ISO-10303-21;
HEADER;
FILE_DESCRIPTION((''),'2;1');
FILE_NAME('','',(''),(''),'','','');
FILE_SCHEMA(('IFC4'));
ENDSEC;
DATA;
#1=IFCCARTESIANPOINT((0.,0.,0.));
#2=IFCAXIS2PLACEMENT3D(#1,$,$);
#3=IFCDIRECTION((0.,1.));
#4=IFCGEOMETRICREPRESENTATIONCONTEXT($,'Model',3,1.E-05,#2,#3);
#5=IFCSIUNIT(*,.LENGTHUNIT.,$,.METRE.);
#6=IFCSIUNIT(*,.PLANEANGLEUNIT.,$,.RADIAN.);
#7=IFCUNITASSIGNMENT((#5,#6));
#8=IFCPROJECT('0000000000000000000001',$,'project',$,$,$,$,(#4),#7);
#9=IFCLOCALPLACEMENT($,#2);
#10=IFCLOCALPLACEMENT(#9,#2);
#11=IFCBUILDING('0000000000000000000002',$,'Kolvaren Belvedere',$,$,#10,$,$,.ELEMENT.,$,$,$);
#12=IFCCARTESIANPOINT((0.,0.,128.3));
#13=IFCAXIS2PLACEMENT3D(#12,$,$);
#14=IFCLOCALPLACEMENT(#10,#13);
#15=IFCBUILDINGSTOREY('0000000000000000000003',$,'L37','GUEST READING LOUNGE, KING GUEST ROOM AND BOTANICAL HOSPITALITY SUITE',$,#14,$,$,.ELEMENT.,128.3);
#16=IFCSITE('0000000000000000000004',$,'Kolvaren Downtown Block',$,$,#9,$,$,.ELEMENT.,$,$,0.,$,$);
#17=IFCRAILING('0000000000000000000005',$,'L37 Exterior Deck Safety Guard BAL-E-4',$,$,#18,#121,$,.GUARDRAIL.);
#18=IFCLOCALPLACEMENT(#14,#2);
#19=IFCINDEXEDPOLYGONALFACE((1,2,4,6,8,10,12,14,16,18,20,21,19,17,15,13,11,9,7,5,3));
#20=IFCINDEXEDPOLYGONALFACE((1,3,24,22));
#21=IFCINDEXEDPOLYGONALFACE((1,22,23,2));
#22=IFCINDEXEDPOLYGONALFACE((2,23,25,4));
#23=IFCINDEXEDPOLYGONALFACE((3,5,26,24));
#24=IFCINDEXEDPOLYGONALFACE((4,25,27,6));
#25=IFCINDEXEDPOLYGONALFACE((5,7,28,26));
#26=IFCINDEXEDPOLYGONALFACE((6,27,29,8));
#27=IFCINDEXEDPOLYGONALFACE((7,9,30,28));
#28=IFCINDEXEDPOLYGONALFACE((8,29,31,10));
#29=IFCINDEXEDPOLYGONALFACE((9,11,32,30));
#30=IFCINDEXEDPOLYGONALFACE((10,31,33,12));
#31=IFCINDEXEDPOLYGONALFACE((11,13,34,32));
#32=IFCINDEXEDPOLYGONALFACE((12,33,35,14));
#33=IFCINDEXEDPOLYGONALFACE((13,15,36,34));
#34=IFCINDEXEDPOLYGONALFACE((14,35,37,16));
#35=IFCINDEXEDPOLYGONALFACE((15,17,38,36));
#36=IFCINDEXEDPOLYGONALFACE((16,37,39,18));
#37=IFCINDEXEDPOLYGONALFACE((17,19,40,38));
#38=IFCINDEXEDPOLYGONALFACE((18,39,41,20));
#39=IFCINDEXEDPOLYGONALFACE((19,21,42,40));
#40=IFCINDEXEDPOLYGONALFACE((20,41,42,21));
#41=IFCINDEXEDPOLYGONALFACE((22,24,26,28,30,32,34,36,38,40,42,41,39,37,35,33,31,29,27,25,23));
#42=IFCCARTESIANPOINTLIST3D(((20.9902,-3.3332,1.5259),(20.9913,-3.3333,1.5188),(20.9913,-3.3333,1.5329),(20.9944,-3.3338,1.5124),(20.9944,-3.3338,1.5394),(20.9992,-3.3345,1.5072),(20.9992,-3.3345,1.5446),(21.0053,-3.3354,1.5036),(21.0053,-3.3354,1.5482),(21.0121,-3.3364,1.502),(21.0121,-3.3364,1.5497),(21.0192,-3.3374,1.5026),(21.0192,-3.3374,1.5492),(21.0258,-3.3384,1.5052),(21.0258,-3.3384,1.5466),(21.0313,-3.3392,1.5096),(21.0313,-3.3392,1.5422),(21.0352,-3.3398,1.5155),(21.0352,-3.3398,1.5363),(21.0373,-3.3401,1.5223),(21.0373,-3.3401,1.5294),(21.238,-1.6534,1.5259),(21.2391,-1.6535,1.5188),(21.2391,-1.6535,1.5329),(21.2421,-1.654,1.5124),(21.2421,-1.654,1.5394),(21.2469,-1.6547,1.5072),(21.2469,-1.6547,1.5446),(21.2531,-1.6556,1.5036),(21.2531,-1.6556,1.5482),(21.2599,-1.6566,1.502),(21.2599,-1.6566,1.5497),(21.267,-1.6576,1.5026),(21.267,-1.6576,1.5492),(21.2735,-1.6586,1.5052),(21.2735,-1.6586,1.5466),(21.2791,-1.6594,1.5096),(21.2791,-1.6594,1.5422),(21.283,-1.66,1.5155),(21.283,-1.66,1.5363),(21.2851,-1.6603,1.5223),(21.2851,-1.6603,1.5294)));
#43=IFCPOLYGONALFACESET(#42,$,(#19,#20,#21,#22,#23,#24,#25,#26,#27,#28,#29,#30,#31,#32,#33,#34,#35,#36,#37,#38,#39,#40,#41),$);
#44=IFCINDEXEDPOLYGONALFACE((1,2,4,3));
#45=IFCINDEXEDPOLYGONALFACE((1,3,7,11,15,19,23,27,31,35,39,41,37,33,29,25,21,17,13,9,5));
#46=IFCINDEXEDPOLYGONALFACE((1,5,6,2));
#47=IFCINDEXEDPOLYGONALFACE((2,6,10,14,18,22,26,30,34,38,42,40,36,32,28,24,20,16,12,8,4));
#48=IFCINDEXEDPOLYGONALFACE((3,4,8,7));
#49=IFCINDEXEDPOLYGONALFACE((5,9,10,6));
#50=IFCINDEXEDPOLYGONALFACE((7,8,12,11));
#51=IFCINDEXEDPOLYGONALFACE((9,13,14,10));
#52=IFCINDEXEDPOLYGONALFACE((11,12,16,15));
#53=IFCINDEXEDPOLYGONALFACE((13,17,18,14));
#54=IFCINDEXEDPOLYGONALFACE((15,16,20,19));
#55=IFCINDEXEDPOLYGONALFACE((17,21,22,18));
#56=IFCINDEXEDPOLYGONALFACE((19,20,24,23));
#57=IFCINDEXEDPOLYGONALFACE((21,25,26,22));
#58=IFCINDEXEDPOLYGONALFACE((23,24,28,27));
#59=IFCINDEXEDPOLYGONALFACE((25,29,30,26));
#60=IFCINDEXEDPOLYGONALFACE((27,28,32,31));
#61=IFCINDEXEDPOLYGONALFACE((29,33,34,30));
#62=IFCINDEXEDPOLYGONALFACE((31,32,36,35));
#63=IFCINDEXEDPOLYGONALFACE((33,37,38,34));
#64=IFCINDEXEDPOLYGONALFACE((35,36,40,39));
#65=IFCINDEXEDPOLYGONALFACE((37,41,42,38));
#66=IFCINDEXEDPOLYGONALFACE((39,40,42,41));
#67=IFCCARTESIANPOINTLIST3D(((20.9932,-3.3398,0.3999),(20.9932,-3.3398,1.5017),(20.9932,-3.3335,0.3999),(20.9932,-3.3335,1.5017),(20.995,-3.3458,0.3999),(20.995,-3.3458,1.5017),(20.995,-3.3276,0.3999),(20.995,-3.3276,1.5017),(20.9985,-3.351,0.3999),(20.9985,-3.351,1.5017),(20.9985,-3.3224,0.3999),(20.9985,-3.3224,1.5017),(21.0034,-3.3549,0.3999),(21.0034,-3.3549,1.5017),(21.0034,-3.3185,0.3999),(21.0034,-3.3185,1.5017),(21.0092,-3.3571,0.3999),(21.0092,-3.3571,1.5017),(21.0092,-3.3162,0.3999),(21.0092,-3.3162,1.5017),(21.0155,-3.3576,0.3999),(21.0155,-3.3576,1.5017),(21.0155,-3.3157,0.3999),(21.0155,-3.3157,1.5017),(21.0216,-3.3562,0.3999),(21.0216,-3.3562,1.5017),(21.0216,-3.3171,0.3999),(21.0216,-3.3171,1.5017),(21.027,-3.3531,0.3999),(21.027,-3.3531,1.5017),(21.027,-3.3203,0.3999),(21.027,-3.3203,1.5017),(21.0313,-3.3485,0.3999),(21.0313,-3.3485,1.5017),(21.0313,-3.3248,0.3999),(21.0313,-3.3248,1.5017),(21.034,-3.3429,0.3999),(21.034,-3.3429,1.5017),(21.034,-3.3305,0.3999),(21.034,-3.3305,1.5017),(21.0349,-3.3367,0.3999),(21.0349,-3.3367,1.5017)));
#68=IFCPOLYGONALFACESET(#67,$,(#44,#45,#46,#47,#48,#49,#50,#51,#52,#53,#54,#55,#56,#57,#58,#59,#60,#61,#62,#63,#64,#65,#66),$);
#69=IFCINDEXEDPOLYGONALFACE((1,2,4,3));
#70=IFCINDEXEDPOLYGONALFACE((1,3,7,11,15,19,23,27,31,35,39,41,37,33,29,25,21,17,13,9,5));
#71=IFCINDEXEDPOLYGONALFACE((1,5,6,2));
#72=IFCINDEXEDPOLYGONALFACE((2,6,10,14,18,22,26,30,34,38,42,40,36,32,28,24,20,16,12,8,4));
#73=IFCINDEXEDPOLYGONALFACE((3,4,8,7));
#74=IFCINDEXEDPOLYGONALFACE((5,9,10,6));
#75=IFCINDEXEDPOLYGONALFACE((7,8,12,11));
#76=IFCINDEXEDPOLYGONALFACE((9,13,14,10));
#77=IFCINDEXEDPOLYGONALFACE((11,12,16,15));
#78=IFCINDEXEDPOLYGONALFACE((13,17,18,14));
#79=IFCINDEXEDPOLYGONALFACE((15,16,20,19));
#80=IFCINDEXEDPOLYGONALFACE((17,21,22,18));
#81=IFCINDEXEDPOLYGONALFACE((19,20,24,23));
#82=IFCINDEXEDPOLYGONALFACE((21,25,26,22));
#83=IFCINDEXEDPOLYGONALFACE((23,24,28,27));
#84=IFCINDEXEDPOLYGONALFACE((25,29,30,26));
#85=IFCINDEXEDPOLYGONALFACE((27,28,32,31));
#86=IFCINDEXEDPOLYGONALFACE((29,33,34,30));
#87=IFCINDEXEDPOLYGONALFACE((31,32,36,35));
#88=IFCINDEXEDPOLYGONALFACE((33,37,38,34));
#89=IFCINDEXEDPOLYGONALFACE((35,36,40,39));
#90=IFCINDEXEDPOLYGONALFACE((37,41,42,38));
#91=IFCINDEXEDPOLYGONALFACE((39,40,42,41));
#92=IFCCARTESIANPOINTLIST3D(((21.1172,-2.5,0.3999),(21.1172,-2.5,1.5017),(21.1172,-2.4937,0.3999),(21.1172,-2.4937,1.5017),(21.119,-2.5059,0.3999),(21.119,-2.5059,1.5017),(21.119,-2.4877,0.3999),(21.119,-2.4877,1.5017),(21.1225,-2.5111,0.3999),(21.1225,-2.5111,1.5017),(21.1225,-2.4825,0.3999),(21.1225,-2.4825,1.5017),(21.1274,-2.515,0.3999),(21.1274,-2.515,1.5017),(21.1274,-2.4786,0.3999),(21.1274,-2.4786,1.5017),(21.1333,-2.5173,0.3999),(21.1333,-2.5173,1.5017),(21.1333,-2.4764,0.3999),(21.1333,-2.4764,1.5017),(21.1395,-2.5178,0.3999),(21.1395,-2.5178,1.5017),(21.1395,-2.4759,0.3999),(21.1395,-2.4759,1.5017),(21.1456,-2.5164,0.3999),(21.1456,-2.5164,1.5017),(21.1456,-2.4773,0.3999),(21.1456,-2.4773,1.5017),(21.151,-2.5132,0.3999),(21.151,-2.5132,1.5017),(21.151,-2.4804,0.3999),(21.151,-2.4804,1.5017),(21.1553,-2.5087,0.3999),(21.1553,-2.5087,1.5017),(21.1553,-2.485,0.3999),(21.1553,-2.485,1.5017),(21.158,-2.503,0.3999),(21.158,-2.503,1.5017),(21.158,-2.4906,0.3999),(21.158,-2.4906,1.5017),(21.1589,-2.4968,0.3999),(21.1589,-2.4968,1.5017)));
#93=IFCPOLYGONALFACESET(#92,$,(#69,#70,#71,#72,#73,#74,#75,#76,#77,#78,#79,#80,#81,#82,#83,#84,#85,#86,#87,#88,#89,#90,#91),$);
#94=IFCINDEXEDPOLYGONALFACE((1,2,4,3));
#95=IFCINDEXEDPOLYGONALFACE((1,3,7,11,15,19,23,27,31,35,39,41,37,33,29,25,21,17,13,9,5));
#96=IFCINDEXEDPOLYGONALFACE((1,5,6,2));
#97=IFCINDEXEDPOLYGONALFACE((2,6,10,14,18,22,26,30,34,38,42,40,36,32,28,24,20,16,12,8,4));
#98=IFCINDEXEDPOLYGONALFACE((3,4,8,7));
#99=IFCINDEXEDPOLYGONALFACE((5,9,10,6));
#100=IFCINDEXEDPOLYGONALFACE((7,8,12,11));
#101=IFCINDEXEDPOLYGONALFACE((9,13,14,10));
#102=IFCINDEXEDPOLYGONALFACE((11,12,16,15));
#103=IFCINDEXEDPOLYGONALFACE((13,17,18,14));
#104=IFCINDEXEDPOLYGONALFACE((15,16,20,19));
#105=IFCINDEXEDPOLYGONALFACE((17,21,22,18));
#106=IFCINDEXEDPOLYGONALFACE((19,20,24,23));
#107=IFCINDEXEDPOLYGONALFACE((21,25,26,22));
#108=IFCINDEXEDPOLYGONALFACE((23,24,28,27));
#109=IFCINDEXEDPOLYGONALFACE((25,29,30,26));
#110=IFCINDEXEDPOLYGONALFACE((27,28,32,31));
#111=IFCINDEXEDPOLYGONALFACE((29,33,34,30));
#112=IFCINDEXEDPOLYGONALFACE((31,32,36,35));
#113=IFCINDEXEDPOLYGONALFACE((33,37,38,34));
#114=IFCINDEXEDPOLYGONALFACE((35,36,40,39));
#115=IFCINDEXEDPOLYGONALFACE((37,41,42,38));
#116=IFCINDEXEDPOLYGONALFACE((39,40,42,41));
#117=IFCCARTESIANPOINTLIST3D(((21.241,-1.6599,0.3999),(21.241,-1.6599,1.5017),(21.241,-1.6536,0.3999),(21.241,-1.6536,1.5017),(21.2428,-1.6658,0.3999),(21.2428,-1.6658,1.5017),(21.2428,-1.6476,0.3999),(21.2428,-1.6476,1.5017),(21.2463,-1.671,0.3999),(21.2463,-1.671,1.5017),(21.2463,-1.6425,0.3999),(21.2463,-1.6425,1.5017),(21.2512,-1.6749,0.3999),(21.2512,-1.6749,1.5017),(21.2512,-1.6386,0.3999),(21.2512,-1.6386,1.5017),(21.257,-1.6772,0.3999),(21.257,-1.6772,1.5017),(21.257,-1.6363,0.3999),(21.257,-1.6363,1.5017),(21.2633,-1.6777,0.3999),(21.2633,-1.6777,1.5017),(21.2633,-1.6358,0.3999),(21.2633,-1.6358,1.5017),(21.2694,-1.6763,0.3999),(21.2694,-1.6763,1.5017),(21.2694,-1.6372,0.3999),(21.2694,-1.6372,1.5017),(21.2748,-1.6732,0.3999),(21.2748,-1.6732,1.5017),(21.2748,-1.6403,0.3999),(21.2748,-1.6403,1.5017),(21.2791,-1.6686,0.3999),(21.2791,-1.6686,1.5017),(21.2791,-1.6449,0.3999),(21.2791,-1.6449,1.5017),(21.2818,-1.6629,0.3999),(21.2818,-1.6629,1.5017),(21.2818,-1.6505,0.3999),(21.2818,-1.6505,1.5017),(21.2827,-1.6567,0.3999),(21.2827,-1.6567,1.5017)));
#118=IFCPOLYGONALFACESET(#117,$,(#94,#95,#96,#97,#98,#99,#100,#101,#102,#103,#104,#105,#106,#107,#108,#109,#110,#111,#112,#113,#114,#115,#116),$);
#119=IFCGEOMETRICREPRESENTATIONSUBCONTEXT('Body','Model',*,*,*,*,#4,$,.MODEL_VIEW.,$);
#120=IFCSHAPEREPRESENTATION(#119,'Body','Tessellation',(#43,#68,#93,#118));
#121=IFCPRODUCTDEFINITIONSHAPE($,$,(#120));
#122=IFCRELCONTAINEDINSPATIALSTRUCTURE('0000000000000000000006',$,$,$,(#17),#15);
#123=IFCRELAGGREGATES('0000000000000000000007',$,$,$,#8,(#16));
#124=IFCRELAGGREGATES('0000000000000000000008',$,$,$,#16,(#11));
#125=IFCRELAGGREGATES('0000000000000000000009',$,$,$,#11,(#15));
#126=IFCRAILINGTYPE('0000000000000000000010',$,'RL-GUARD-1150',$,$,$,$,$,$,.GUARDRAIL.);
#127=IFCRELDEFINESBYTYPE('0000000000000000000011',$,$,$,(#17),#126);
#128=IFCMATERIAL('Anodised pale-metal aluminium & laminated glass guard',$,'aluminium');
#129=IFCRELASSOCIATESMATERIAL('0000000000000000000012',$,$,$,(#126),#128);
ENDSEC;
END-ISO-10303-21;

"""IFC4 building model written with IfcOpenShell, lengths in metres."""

from ifc_helpers import new_model, si_unit, direction, frame, origin, origin_2d, place, context, subcontext, project, spatial, circle, extrude, material, type_object, element, save


model = new_model("IFC4")

# Units and contexts
model_context = context("Model", 3, precision=1e-05, world=origin(), true_north=direction((0.0, 1.0)))
body_context = subcontext(model_context, "Body", "Model", "MODEL_VIEW")
ifc_project = project(units=[si_unit("LENGTHUNIT", "METRE"), si_unit("PLANEANGLEUNIT", "RADIAN")], contexts=[model_context])

# Site, building, storey
site_placement = place(None, origin())
site = spatial("IfcSite", under=ifc_project, at=site_placement, Name="Kolvaren Downtown Block", CompositionType="ELEMENT", RefElevation=0.0)
building_placement = place(site_placement, origin())
building = spatial("IfcBuilding", under=site, at=building_placement, Name="Kolvaren Belvedere", CompositionType="ELEMENT")
storey_placement = place(building_placement, frame((0.0, 0.0, 128.3)))
storey = spatial("IfcBuildingStorey", under=building, at=storey_placement, Name="L37", Description="GUEST READING LOUNGE, KING GUEST ROOM AND BOTANICAL HOSPITALITY SUITE", CompositionType="ELEMENT", Elevation=128.3)

# Railing
ifc_material_1 = material(Name="Anodised pale-metal aluminium & laminated glass guard", Category="aluminium")
railing_type = type_object("IfcRailingType", Name="RL-GUARD-1150", PredefinedType="GUARDRAIL", material=ifc_material_1)
railing_1_placement = place(storey_placement, frame((21.0139, -3.3367, 0.3999)))
element("IfcRailing", 1, at=railing_1_placement, inside=storey, type_object=railing_type, Name="L37 Exterior Deck Safety Guard BAL-E-4", PredefinedType="GUARDRAIL", context=body_context, shape_type="SweptSolid", body=[
    extrude(circle(Radius=0.0239, at=origin_2d()), frame((0.0, 0.0, 1.126), z_axis=(0.145929, 0.989295, 0.0), x_axis=(-0.989295, 0.145929, 0.0)), (0.0, 0.0, 1.0), 1.698),
    extrude(circle(Radius=0.021, at=origin_2d()), origin(), (0.0, 0.0, 1.0), 1.1018),
    extrude(circle(Radius=0.021, at=origin_2d()), frame((0.124, 0.8398, 0.0)), (0.0, 0.0, 1.0), 1.1018),
    extrude(circle(Radius=0.021, at=origin_2d()), frame((0.2478, 1.6799, 0.0)), (0.0, 0.0, 1.0), 1.1018),
])

save(model, "model.ifc")
